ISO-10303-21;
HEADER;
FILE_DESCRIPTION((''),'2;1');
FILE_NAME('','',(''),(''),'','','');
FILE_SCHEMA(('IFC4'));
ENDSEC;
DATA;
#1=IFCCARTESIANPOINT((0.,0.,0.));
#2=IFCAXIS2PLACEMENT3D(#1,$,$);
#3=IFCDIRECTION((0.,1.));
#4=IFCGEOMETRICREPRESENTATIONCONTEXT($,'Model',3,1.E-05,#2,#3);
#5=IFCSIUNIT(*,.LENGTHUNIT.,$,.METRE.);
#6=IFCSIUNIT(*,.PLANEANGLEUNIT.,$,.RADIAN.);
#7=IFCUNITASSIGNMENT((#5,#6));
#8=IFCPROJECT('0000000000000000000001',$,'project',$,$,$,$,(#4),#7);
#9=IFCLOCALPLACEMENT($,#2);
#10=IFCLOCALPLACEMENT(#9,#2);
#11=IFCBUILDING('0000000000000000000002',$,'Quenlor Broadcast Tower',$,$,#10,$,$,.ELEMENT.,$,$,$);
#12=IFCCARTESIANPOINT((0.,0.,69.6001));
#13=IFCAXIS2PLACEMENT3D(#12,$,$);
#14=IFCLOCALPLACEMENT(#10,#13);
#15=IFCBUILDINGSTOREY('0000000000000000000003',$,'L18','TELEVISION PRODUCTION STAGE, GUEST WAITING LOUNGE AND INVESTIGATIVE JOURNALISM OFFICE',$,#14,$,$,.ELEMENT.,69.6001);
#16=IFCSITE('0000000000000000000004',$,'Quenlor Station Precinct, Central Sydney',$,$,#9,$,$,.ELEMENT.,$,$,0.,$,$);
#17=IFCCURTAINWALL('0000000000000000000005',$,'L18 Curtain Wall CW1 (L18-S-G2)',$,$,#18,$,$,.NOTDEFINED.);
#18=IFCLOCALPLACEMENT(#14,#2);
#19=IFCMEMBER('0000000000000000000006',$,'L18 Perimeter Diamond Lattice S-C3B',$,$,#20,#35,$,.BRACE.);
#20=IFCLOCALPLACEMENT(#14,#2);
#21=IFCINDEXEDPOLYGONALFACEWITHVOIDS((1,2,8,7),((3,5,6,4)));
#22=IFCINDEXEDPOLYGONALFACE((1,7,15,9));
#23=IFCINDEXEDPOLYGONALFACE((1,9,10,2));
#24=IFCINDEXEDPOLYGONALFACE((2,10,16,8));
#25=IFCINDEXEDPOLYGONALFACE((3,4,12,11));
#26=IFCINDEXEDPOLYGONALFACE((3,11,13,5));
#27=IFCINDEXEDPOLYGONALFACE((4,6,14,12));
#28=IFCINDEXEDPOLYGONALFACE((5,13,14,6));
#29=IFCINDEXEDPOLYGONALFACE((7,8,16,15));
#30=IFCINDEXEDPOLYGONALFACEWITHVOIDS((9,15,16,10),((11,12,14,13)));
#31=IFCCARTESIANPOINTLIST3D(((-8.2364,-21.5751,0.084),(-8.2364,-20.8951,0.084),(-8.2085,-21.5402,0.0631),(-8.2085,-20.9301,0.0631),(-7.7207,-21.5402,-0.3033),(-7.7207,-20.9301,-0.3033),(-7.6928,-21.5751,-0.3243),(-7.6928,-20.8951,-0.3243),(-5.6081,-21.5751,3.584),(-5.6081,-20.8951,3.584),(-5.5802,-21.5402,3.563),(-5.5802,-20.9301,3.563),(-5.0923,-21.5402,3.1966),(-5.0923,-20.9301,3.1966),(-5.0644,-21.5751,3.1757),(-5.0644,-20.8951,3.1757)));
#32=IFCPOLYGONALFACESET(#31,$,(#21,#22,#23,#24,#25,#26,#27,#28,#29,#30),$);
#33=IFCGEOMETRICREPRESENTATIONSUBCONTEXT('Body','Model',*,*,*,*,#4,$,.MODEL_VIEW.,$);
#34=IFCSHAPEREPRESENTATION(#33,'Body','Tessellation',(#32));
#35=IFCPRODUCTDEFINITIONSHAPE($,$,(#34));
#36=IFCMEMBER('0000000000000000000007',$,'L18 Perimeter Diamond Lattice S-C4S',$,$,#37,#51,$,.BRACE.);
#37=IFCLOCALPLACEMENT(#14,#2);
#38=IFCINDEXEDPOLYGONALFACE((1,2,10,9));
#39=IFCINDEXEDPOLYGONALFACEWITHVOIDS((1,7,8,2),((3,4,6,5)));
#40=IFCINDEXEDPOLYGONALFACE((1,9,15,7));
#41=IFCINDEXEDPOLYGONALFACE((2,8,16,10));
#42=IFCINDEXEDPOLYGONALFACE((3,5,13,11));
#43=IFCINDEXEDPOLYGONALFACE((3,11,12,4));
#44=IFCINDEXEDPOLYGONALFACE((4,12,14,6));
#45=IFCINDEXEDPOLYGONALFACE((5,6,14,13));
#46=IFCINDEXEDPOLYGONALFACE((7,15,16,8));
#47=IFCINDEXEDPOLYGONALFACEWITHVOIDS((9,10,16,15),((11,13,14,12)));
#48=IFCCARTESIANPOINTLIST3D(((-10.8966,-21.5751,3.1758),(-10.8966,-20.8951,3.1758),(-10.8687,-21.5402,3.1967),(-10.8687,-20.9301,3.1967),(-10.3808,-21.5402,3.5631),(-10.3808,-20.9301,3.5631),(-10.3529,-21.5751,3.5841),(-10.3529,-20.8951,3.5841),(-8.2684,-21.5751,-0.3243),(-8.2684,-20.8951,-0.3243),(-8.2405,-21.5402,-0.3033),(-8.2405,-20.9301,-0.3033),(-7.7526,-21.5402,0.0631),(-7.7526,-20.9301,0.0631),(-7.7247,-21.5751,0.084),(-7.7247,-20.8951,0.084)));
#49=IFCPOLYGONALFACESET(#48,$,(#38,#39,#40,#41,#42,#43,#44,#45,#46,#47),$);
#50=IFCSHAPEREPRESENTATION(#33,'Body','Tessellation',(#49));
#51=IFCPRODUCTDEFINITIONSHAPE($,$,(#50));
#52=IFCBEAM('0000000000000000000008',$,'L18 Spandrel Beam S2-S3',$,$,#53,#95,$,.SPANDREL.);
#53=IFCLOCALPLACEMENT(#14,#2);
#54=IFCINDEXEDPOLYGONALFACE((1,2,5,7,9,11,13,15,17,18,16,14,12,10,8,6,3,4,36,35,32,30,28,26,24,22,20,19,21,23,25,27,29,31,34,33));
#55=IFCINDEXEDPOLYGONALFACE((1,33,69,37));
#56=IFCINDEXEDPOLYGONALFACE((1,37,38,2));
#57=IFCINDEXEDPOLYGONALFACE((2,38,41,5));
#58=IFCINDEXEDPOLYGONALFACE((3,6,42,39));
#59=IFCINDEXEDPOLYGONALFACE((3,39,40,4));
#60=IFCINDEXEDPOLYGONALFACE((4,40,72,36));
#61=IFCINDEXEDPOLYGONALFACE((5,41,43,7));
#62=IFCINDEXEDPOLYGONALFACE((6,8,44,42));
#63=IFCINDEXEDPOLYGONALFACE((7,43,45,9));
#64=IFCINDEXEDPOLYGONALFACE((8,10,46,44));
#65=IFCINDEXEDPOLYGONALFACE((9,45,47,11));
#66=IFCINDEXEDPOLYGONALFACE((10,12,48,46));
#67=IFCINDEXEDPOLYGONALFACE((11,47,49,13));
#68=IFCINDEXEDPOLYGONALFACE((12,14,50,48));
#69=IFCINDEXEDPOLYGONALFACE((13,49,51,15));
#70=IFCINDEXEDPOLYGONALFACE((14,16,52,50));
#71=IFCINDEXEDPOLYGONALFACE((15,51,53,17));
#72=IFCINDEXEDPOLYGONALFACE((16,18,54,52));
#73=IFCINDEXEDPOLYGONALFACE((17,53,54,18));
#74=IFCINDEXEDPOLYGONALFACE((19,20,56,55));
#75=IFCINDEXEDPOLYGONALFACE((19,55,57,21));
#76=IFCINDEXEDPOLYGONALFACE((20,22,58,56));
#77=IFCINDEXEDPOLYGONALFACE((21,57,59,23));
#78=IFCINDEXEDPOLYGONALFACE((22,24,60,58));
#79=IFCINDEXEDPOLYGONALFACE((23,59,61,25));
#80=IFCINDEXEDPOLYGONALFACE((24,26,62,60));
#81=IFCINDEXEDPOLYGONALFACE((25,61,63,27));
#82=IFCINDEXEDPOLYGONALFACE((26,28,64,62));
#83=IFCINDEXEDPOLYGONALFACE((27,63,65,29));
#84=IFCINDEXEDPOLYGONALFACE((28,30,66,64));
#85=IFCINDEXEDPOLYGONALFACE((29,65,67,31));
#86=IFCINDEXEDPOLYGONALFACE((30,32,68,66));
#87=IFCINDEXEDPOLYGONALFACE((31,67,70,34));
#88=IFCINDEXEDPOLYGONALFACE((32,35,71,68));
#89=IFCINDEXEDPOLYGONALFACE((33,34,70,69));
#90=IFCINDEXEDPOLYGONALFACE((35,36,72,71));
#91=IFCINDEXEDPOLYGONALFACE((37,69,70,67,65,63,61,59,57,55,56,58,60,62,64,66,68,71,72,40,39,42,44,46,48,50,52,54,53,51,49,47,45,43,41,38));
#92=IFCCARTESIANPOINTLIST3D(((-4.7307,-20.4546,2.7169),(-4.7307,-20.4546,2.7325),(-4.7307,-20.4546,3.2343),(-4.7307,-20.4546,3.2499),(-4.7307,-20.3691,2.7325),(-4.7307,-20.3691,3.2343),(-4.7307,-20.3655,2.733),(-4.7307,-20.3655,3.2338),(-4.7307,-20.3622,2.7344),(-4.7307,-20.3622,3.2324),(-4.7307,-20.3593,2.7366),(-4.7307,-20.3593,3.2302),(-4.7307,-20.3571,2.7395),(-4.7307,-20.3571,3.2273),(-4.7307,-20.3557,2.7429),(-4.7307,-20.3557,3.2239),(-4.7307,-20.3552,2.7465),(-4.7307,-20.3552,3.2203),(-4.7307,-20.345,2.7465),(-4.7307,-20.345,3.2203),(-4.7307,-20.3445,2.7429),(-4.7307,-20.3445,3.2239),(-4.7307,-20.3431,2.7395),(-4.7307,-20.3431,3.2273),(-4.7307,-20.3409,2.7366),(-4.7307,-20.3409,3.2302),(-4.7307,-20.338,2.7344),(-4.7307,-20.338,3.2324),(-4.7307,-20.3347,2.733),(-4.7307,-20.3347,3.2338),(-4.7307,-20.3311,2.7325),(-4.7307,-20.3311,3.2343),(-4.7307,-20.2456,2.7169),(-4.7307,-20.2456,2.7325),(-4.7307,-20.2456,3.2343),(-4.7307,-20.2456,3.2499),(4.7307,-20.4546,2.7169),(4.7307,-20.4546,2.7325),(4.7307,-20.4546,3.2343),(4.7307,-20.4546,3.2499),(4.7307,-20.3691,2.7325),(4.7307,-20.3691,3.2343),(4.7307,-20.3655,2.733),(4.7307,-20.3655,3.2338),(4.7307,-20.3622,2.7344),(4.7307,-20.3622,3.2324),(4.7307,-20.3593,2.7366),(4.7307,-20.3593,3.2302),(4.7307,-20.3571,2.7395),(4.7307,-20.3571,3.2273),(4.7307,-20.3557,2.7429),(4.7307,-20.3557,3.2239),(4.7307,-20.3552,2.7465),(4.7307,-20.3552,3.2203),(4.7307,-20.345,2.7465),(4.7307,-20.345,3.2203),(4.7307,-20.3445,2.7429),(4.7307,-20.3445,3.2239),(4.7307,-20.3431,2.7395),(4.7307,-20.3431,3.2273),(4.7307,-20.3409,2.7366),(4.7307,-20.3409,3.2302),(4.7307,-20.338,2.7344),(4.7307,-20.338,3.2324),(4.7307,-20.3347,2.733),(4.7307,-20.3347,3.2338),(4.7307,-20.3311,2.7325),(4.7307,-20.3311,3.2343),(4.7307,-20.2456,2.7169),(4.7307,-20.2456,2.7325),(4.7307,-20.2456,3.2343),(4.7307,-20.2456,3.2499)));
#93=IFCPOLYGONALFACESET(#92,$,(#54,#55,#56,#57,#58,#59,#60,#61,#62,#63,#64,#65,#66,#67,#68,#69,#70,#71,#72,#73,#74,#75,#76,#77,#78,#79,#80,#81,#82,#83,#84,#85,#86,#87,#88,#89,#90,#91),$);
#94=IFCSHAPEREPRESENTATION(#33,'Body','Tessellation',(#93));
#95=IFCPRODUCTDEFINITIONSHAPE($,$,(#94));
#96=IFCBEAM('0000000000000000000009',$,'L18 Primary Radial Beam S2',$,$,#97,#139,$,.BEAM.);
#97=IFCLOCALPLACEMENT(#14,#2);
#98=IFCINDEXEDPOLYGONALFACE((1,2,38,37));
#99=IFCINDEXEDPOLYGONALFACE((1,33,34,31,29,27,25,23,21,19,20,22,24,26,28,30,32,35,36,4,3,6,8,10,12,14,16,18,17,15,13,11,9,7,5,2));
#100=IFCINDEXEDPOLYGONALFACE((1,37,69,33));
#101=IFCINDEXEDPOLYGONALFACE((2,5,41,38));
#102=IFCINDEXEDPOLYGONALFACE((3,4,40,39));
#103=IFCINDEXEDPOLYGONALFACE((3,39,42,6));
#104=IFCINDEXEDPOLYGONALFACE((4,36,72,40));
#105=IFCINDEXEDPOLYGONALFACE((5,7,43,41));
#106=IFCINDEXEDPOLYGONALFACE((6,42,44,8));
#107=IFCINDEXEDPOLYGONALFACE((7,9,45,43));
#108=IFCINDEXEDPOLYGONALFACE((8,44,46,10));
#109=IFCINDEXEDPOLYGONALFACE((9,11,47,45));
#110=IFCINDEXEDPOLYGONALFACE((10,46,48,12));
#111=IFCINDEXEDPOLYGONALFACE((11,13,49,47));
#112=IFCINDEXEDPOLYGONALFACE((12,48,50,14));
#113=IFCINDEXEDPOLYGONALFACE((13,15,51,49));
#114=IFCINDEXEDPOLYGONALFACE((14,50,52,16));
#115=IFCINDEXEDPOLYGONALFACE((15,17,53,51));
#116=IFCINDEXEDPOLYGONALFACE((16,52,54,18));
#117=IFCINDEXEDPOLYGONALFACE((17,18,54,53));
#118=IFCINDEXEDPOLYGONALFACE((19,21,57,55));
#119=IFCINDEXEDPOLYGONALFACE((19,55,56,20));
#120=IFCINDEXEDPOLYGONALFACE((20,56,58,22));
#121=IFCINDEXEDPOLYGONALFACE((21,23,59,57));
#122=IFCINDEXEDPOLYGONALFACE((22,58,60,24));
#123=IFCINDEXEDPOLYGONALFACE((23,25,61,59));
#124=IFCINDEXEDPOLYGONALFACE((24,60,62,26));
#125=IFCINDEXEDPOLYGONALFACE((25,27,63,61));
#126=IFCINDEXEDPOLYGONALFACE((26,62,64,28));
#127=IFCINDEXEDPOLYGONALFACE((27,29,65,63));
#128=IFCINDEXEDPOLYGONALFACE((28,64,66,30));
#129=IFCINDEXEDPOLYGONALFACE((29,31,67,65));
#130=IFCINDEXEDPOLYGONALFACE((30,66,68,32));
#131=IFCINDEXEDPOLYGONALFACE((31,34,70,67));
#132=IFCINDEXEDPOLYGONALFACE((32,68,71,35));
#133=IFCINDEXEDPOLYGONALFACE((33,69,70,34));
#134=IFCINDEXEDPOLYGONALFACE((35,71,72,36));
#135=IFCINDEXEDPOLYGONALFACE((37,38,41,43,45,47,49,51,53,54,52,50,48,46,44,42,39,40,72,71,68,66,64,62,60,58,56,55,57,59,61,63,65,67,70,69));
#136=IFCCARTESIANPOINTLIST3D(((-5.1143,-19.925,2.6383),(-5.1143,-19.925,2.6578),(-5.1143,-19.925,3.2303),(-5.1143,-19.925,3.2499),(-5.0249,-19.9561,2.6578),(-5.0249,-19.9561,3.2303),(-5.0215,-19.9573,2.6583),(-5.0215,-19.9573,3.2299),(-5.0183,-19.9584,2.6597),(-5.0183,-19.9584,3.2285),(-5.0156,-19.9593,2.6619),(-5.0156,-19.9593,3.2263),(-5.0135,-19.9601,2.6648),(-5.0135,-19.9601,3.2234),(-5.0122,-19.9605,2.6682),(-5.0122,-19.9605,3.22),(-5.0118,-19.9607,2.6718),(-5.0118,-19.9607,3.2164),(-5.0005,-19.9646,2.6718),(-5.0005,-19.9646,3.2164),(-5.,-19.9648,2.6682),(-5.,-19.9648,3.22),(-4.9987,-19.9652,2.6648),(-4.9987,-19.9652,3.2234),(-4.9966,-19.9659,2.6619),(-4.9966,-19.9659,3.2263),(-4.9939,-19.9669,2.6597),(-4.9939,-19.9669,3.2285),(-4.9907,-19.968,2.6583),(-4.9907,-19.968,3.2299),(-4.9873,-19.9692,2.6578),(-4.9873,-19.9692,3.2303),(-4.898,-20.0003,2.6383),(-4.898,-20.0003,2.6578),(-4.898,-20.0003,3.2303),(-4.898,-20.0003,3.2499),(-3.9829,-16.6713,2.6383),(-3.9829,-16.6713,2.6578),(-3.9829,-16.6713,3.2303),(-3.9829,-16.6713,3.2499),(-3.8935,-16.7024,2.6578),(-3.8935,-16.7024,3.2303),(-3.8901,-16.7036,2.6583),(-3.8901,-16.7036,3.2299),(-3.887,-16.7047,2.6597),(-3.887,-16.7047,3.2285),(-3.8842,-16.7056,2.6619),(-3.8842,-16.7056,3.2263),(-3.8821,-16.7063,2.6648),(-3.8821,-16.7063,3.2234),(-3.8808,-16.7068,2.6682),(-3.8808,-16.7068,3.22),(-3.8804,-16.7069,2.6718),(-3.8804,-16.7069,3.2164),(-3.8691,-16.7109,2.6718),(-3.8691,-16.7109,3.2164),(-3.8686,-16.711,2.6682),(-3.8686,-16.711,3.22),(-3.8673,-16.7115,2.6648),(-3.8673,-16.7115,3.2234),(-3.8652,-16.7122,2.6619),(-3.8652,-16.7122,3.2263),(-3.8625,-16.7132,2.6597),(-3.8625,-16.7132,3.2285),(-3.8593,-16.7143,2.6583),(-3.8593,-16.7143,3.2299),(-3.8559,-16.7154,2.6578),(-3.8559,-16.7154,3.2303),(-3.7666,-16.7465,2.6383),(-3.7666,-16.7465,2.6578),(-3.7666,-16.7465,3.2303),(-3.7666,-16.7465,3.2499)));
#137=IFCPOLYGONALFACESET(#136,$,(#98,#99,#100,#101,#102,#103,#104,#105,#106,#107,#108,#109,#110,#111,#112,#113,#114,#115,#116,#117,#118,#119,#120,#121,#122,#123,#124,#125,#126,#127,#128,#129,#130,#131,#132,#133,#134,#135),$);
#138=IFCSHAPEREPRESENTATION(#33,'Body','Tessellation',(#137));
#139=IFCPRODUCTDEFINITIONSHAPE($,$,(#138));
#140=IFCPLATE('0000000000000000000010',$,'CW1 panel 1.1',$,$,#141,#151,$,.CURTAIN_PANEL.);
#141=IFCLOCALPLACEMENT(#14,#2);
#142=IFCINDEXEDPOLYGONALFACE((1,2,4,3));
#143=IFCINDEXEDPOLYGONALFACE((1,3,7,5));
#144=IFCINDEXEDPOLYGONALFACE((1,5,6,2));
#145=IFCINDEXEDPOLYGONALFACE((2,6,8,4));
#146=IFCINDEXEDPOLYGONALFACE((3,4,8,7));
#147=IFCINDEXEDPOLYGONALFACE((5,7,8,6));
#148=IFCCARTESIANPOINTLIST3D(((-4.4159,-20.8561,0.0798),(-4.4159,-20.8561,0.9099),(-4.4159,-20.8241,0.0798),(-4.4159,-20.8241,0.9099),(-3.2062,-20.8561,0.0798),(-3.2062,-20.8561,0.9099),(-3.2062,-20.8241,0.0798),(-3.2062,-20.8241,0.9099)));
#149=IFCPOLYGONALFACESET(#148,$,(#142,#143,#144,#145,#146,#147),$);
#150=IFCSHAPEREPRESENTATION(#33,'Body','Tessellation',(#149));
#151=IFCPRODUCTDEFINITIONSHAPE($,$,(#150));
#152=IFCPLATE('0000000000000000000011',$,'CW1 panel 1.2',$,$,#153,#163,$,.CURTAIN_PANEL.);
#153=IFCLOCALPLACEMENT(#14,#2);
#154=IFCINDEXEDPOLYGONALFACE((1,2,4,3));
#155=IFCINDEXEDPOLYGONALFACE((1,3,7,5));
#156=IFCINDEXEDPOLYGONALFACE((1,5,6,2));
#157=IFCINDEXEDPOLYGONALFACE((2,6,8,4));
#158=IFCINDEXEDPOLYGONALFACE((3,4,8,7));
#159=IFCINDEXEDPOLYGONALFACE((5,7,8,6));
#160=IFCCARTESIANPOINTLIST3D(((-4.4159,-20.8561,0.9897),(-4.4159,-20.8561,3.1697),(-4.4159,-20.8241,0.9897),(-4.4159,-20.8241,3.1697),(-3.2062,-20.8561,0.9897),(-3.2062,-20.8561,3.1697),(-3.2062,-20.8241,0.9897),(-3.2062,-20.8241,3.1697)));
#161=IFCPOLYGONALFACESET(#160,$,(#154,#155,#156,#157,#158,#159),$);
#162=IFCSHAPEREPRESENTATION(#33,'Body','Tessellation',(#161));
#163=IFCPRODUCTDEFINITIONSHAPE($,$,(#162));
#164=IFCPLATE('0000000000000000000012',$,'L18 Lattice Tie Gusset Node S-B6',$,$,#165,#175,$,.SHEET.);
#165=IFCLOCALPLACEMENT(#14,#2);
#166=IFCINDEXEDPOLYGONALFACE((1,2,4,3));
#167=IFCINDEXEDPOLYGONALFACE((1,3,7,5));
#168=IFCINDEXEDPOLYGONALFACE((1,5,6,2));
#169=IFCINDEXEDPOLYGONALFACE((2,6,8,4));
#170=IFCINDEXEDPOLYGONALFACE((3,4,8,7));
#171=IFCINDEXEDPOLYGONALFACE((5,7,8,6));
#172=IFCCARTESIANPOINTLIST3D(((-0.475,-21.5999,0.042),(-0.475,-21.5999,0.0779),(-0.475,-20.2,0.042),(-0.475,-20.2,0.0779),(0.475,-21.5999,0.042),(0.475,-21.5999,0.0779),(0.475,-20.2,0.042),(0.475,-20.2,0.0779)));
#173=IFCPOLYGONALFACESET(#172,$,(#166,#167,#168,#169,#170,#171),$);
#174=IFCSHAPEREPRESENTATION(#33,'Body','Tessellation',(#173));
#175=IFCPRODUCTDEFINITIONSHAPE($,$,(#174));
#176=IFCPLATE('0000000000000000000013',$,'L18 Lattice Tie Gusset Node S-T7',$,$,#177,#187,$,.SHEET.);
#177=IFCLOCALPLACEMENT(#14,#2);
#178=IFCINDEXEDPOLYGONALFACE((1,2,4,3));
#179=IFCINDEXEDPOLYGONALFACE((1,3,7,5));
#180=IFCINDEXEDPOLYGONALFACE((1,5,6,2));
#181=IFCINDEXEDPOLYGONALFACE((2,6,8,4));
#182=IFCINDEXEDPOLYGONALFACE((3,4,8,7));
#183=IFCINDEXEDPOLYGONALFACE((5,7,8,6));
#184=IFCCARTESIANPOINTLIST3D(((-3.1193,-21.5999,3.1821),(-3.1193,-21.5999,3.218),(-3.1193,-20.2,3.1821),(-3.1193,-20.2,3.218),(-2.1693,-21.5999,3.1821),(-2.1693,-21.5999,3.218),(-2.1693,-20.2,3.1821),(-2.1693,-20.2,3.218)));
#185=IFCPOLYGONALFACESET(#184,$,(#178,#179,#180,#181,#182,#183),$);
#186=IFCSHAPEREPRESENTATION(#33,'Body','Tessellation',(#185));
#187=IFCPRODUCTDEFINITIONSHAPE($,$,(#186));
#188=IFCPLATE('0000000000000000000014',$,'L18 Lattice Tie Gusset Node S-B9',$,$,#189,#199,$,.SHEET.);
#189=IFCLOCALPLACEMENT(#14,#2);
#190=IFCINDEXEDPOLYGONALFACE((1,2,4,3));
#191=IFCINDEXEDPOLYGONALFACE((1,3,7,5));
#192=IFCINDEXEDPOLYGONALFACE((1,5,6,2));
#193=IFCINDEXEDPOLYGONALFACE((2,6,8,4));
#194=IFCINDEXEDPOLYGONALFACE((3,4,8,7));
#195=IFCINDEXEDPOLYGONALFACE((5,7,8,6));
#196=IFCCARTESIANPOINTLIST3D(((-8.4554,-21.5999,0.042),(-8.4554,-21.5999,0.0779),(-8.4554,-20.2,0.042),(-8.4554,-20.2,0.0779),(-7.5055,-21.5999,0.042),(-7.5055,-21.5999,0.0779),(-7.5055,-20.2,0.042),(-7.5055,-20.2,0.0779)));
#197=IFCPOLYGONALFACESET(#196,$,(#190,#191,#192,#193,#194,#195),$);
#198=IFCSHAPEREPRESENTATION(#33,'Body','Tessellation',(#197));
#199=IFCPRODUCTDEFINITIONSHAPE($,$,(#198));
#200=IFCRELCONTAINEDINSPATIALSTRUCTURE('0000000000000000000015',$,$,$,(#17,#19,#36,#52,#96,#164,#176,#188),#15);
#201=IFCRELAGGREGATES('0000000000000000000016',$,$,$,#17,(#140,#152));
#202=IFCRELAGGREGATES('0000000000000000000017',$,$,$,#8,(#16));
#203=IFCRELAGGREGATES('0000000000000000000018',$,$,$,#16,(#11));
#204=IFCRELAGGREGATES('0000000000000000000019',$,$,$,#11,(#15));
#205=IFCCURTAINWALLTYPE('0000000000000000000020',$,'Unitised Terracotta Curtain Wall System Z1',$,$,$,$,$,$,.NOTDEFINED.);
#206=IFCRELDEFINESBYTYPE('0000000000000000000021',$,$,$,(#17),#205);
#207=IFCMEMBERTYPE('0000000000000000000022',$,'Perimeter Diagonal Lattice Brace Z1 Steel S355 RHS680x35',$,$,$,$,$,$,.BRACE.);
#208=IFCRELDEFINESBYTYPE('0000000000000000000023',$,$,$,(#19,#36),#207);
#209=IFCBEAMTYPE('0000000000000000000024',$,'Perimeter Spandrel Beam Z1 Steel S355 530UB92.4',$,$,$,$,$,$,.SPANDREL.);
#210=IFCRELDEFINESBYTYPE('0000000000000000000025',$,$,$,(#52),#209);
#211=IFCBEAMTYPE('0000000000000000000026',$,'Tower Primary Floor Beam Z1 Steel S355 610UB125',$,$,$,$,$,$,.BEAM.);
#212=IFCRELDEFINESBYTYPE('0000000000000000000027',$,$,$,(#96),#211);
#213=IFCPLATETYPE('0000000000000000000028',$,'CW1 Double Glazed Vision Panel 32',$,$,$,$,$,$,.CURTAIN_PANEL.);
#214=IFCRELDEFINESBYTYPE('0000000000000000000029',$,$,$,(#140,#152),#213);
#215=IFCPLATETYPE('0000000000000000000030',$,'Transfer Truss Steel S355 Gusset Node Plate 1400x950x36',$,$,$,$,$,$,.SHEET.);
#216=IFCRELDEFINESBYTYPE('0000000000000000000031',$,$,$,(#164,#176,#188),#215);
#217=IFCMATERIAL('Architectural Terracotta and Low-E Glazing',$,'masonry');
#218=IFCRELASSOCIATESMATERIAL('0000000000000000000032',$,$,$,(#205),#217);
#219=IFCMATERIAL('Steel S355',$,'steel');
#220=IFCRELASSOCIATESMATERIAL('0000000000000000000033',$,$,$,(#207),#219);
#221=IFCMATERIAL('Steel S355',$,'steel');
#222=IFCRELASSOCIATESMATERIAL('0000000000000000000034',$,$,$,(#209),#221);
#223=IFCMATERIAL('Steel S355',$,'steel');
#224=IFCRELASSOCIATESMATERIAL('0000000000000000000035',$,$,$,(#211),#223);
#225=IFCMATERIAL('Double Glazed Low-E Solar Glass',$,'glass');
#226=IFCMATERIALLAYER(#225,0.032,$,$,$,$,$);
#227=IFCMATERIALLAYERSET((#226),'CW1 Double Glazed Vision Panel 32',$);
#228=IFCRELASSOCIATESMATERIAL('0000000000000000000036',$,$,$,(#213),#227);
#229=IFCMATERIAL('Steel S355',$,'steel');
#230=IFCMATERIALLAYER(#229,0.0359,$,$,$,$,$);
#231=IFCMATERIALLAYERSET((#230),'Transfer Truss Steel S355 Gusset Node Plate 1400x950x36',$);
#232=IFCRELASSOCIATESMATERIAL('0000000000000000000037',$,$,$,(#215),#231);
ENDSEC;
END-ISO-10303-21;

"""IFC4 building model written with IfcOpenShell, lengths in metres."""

from ifc_helpers import new_model, si_unit, direction, frame, origin, origin_2d, place, context, subcontext, project, spatial, rectangle, hollow_rectangle, i_section, extrude, material, layer, layer_set, material_profile, profile_set, type_object, element, aggregate, save


model = new_model("IFC4")

# Units and contexts
model_context = context("Model", 3, precision=1e-05, world=origin(), true_north=direction((0.0, 1.0)))
body_context = subcontext(model_context, "Body", "Model", "MODEL_VIEW")
ifc_project = project(units=[si_unit("LENGTHUNIT", "METRE"), si_unit("PLANEANGLEUNIT", "RADIAN")], contexts=[model_context])

# Site, building, storey
site_placement = place(None, origin())
site = spatial("IfcSite", under=ifc_project, at=site_placement, Name="Quenlor Station Precinct, Central Sydney", CompositionType="ELEMENT", RefElevation=0.0)
building_placement = place(site_placement, origin())
building = spatial("IfcBuilding", under=site, at=building_placement, Name="Quenlor Broadcast Tower", CompositionType="ELEMENT")
storey_placement = place(building_placement, frame((0.0, 0.0, 69.6001)))
storey = spatial("IfcBuildingStorey", under=building, at=storey_placement, Name="L18", Description="TELEVISION PRODUCTION STAGE, GUEST WAITING LOUNGE AND INVESTIGATIVE JOURNALISM OFFICE", CompositionType="ELEMENT", Elevation=69.6001)

# Shared definitions
ifc_material_1 = material(Name="Architectural Terracotta and Low-E Glazing", Category="masonry")
curtain_wall_type = type_object("IfcCurtainWallType", Name="Unitised Terracotta Curtain Wall System Z1", PredefinedType="NOTDEFINED", material=ifc_material_1)

# Curtain wall
curtain_wall_1_placement = place(storey_placement, origin())
curtain_wall_1 = element("IfcCurtainWall", 1, at=curtain_wall_1_placement, inside=storey, type_object=curtain_wall_type, Name="L18 Curtain Wall CW1 (L18-S-G2)", PredefinedType="NOTDEFINED")

# Members
ifc_material_2 = material(Name="Steel S355", Category="steel")
ifc_material_profile_1 = material_profile(ifc_material_2, hollow_rectangle(XDim=0.6799, YDim=0.6799, WallThickness=0.0349, at=origin_2d()))
ifc_profile_set_1 = profile_set([ifc_material_profile_1], Name="Steel S355 RHS680x680x35")
member_type_1 = type_object("IfcMemberType", Name="Perimeter Diagonal Lattice Brace Z1 Steel S355 RHS680x35", PredefinedType="BRACE", material=ifc_profile_set_1)
for number, where, z_axis, x_axis, name in (
    (2, (-7.9646, -21.2351, -0.1201), (0.6005, 0.0, 0.799625), (0.0, 1.0, 0.0), "L18 Perimeter Diamond Lattice S-C3B"),
    (3, (-7.9966, -21.2351, -0.1201), (-0.600464, 0.0, 0.799652), (0.0, -1.0, 0.0), "L18 Perimeter Diamond Lattice S-C4S"),
):
    element("IfcMember", number, at=place(storey_placement, frame(where, z_axis=z_axis, x_axis=x_axis)), inside=storey, type_object=member_type_1, Name=name, PredefinedType="BRACE", context=body_context, shape_type="SweptSolid", body=[
        extrude(hollow_rectangle(XDim=0.6799, YDim=0.6799, WallThickness=0.0349, at=origin_2d()), origin(), (0.0, 0.0, 1.0), 4.377),
    ])

# Beams
ifc_material_3 = material(Name="Steel S355", Category="steel")
ifc_material_profile_2 = material_profile(ifc_material_3, i_section(OverallWidth=0.209, OverallDepth=0.533, WebThickness=0.0103, FlangeThickness=0.0156, FilletRadius=0.0139, at=origin_2d()))
ifc_profile_set_2 = profile_set([ifc_material_profile_2], Name="Steel S355 530UB92.4")
beam_type_1 = type_object("IfcBeamType", Name="Perimeter Spandrel Beam Z1 Steel S355 530UB92.4", PredefinedType="SPANDREL", material=ifc_profile_set_2)
beam_1_placement = place(storey_placement, frame((-4.7307, -20.3501, 2.9834), z_axis=(1.0, 0.0, 0.0), x_axis=(0.0, 1.0, 0.0)))
element("IfcBeam", 4, at=beam_1_placement, inside=storey, type_object=beam_type_1, Name="L18 Spandrel Beam S2-S3", PredefinedType="SPANDREL", context=body_context, shape_type="SweptSolid", body=[
    extrude(i_section(OverallWidth=0.209, OverallDepth=0.533, WebThickness=0.0103, FlangeThickness=0.0156, FilletRadius=0.0139, at=origin_2d()), origin(), (0.0, 0.0, 1.0), 9.4614),
])
ifc_material_4 = material(Name="Steel S355", Category="steel")
ifc_material_profile_3 = material_profile(ifc_material_4, i_section(OverallWidth=0.229, OverallDepth=0.6116, WebThickness=0.012, FlangeThickness=0.0195, FilletRadius=0.0139, at=origin_2d()))
ifc_profile_set_3 = profile_set([ifc_material_profile_3], Name="Steel S355 610UB125")
beam_type_2 = type_object("IfcBeamType", Name="Tower Primary Floor Beam Z1 Steel S355 610UB125", PredefinedType="BEAM", material=ifc_profile_set_3)
beam_2_placement = place(storey_placement, frame((-5.0061, -19.9626, 2.9441), z_axis=(0.328427, 0.944529, 0.0), x_axis=(-0.944529, 0.328427, 0.0)))
element("IfcBeam", 5, at=beam_2_placement, inside=storey, type_object=beam_type_2, Name="L18 Primary Radial Beam S2", PredefinedType="BEAM", context=body_context, shape_type="SweptSolid", body=[
    extrude(i_section(OverallWidth=0.229, OverallDepth=0.6116, WebThickness=0.012, FlangeThickness=0.0195, FilletRadius=0.0139, at=origin_2d()), origin(), (0.0, 0.0, 1.0), 3.4448),
])

# Plates
ifc_material_5 = material(Name="Double Glazed Low-E Solar Glass", Category="glass")
ifc_layer_1 = layer(ifc_material_5, 0.032)
ifc_layer_set_1 = layer_set([ifc_layer_1], Name="CW1 Double Glazed Vision Panel 32")
plate_type_1 = type_object("IfcPlateType", Name="CW1 Double Glazed Vision Panel 32", PredefinedType="CURTAIN_PANEL", material=ifc_layer_set_1)
plate_1_placement = place(storey_placement, frame((-3.811, -20.8401, 0.0798), z_axis=(0.0, 0.0, 1.0), x_axis=(-1.0, 0.0, 0.0)))
plate_1 = element("IfcPlate", 6, at=plate_1_placement, type_object=plate_type_1, Name="CW1 panel 1.1", PredefinedType="CURTAIN_PANEL", context=body_context, shape_type="SweptSolid", body=[
    extrude(rectangle(XDim=1.2097, YDim=0.032, at=origin_2d()), origin(), (0.0, 0.0, 1.0), 0.8301),
])
plate_2_placement = place(storey_placement, frame((-3.811, -20.8401, 0.9897), z_axis=(0.0, 0.0, 1.0), x_axis=(-1.0, 0.0, 0.0)))
plate_2 = element("IfcPlate", 7, at=plate_2_placement, type_object=plate_type_1, Name="CW1 panel 1.2", PredefinedType="CURTAIN_PANEL", context=body_context, shape_type="SweptSolid", body=[
    extrude(rectangle(XDim=1.2097, YDim=0.032, at=origin_2d()), origin(), (0.0, 0.0, 1.0), 2.1799),
])
aggregate(curtain_wall_1, [plate_1, plate_2])

# Plates
ifc_material_6 = material(Name="Steel S355", Category="steel")
ifc_layer_2 = layer(ifc_material_6, 0.0359)
ifc_layer_set_2 = layer_set([ifc_layer_2], Name="Transfer Truss Steel S355 Gusset Node Plate 1400x950x36")
plate_type_2 = type_object("IfcPlateType", Name="Transfer Truss Steel S355 Gusset Node Plate 1400x950x36", PredefinedType="SHEET", material=ifc_layer_set_2)
for number, where, z_axis, x_axis, name in (
    (8, (0.0, -20.8999, 0.042), (0.0, 0.0, 1.0), (0.0, -1.0, 0.0), "L18 Lattice Tie Gusset Node S-B6"),
    (9, (-2.6443, -20.8999, 3.1821), (0.0, 0.0, 1.0), (0.0, -1.0, 0.0), "L18 Lattice Tie Gusset Node S-T7"),
    (10, (-7.9805, -20.8999, 0.042), (0.0, 0.0, 1.0), (0.0, -1.0, 0.0), "L18 Lattice Tie Gusset Node S-B9"),
):
    element("IfcPlate", number, at=place(storey_placement, frame(where, z_axis=z_axis, x_axis=x_axis)), inside=storey, type_object=plate_type_2, Name=name, PredefinedType="SHEET", context=body_context, shape_type="SweptSolid", body=[
        extrude(rectangle(XDim=1.3999, YDim=0.95, at=origin_2d()), origin(), (0.0, 0.0, 1.0), 0.0359),
    ])

save(model, "model.ifc")
